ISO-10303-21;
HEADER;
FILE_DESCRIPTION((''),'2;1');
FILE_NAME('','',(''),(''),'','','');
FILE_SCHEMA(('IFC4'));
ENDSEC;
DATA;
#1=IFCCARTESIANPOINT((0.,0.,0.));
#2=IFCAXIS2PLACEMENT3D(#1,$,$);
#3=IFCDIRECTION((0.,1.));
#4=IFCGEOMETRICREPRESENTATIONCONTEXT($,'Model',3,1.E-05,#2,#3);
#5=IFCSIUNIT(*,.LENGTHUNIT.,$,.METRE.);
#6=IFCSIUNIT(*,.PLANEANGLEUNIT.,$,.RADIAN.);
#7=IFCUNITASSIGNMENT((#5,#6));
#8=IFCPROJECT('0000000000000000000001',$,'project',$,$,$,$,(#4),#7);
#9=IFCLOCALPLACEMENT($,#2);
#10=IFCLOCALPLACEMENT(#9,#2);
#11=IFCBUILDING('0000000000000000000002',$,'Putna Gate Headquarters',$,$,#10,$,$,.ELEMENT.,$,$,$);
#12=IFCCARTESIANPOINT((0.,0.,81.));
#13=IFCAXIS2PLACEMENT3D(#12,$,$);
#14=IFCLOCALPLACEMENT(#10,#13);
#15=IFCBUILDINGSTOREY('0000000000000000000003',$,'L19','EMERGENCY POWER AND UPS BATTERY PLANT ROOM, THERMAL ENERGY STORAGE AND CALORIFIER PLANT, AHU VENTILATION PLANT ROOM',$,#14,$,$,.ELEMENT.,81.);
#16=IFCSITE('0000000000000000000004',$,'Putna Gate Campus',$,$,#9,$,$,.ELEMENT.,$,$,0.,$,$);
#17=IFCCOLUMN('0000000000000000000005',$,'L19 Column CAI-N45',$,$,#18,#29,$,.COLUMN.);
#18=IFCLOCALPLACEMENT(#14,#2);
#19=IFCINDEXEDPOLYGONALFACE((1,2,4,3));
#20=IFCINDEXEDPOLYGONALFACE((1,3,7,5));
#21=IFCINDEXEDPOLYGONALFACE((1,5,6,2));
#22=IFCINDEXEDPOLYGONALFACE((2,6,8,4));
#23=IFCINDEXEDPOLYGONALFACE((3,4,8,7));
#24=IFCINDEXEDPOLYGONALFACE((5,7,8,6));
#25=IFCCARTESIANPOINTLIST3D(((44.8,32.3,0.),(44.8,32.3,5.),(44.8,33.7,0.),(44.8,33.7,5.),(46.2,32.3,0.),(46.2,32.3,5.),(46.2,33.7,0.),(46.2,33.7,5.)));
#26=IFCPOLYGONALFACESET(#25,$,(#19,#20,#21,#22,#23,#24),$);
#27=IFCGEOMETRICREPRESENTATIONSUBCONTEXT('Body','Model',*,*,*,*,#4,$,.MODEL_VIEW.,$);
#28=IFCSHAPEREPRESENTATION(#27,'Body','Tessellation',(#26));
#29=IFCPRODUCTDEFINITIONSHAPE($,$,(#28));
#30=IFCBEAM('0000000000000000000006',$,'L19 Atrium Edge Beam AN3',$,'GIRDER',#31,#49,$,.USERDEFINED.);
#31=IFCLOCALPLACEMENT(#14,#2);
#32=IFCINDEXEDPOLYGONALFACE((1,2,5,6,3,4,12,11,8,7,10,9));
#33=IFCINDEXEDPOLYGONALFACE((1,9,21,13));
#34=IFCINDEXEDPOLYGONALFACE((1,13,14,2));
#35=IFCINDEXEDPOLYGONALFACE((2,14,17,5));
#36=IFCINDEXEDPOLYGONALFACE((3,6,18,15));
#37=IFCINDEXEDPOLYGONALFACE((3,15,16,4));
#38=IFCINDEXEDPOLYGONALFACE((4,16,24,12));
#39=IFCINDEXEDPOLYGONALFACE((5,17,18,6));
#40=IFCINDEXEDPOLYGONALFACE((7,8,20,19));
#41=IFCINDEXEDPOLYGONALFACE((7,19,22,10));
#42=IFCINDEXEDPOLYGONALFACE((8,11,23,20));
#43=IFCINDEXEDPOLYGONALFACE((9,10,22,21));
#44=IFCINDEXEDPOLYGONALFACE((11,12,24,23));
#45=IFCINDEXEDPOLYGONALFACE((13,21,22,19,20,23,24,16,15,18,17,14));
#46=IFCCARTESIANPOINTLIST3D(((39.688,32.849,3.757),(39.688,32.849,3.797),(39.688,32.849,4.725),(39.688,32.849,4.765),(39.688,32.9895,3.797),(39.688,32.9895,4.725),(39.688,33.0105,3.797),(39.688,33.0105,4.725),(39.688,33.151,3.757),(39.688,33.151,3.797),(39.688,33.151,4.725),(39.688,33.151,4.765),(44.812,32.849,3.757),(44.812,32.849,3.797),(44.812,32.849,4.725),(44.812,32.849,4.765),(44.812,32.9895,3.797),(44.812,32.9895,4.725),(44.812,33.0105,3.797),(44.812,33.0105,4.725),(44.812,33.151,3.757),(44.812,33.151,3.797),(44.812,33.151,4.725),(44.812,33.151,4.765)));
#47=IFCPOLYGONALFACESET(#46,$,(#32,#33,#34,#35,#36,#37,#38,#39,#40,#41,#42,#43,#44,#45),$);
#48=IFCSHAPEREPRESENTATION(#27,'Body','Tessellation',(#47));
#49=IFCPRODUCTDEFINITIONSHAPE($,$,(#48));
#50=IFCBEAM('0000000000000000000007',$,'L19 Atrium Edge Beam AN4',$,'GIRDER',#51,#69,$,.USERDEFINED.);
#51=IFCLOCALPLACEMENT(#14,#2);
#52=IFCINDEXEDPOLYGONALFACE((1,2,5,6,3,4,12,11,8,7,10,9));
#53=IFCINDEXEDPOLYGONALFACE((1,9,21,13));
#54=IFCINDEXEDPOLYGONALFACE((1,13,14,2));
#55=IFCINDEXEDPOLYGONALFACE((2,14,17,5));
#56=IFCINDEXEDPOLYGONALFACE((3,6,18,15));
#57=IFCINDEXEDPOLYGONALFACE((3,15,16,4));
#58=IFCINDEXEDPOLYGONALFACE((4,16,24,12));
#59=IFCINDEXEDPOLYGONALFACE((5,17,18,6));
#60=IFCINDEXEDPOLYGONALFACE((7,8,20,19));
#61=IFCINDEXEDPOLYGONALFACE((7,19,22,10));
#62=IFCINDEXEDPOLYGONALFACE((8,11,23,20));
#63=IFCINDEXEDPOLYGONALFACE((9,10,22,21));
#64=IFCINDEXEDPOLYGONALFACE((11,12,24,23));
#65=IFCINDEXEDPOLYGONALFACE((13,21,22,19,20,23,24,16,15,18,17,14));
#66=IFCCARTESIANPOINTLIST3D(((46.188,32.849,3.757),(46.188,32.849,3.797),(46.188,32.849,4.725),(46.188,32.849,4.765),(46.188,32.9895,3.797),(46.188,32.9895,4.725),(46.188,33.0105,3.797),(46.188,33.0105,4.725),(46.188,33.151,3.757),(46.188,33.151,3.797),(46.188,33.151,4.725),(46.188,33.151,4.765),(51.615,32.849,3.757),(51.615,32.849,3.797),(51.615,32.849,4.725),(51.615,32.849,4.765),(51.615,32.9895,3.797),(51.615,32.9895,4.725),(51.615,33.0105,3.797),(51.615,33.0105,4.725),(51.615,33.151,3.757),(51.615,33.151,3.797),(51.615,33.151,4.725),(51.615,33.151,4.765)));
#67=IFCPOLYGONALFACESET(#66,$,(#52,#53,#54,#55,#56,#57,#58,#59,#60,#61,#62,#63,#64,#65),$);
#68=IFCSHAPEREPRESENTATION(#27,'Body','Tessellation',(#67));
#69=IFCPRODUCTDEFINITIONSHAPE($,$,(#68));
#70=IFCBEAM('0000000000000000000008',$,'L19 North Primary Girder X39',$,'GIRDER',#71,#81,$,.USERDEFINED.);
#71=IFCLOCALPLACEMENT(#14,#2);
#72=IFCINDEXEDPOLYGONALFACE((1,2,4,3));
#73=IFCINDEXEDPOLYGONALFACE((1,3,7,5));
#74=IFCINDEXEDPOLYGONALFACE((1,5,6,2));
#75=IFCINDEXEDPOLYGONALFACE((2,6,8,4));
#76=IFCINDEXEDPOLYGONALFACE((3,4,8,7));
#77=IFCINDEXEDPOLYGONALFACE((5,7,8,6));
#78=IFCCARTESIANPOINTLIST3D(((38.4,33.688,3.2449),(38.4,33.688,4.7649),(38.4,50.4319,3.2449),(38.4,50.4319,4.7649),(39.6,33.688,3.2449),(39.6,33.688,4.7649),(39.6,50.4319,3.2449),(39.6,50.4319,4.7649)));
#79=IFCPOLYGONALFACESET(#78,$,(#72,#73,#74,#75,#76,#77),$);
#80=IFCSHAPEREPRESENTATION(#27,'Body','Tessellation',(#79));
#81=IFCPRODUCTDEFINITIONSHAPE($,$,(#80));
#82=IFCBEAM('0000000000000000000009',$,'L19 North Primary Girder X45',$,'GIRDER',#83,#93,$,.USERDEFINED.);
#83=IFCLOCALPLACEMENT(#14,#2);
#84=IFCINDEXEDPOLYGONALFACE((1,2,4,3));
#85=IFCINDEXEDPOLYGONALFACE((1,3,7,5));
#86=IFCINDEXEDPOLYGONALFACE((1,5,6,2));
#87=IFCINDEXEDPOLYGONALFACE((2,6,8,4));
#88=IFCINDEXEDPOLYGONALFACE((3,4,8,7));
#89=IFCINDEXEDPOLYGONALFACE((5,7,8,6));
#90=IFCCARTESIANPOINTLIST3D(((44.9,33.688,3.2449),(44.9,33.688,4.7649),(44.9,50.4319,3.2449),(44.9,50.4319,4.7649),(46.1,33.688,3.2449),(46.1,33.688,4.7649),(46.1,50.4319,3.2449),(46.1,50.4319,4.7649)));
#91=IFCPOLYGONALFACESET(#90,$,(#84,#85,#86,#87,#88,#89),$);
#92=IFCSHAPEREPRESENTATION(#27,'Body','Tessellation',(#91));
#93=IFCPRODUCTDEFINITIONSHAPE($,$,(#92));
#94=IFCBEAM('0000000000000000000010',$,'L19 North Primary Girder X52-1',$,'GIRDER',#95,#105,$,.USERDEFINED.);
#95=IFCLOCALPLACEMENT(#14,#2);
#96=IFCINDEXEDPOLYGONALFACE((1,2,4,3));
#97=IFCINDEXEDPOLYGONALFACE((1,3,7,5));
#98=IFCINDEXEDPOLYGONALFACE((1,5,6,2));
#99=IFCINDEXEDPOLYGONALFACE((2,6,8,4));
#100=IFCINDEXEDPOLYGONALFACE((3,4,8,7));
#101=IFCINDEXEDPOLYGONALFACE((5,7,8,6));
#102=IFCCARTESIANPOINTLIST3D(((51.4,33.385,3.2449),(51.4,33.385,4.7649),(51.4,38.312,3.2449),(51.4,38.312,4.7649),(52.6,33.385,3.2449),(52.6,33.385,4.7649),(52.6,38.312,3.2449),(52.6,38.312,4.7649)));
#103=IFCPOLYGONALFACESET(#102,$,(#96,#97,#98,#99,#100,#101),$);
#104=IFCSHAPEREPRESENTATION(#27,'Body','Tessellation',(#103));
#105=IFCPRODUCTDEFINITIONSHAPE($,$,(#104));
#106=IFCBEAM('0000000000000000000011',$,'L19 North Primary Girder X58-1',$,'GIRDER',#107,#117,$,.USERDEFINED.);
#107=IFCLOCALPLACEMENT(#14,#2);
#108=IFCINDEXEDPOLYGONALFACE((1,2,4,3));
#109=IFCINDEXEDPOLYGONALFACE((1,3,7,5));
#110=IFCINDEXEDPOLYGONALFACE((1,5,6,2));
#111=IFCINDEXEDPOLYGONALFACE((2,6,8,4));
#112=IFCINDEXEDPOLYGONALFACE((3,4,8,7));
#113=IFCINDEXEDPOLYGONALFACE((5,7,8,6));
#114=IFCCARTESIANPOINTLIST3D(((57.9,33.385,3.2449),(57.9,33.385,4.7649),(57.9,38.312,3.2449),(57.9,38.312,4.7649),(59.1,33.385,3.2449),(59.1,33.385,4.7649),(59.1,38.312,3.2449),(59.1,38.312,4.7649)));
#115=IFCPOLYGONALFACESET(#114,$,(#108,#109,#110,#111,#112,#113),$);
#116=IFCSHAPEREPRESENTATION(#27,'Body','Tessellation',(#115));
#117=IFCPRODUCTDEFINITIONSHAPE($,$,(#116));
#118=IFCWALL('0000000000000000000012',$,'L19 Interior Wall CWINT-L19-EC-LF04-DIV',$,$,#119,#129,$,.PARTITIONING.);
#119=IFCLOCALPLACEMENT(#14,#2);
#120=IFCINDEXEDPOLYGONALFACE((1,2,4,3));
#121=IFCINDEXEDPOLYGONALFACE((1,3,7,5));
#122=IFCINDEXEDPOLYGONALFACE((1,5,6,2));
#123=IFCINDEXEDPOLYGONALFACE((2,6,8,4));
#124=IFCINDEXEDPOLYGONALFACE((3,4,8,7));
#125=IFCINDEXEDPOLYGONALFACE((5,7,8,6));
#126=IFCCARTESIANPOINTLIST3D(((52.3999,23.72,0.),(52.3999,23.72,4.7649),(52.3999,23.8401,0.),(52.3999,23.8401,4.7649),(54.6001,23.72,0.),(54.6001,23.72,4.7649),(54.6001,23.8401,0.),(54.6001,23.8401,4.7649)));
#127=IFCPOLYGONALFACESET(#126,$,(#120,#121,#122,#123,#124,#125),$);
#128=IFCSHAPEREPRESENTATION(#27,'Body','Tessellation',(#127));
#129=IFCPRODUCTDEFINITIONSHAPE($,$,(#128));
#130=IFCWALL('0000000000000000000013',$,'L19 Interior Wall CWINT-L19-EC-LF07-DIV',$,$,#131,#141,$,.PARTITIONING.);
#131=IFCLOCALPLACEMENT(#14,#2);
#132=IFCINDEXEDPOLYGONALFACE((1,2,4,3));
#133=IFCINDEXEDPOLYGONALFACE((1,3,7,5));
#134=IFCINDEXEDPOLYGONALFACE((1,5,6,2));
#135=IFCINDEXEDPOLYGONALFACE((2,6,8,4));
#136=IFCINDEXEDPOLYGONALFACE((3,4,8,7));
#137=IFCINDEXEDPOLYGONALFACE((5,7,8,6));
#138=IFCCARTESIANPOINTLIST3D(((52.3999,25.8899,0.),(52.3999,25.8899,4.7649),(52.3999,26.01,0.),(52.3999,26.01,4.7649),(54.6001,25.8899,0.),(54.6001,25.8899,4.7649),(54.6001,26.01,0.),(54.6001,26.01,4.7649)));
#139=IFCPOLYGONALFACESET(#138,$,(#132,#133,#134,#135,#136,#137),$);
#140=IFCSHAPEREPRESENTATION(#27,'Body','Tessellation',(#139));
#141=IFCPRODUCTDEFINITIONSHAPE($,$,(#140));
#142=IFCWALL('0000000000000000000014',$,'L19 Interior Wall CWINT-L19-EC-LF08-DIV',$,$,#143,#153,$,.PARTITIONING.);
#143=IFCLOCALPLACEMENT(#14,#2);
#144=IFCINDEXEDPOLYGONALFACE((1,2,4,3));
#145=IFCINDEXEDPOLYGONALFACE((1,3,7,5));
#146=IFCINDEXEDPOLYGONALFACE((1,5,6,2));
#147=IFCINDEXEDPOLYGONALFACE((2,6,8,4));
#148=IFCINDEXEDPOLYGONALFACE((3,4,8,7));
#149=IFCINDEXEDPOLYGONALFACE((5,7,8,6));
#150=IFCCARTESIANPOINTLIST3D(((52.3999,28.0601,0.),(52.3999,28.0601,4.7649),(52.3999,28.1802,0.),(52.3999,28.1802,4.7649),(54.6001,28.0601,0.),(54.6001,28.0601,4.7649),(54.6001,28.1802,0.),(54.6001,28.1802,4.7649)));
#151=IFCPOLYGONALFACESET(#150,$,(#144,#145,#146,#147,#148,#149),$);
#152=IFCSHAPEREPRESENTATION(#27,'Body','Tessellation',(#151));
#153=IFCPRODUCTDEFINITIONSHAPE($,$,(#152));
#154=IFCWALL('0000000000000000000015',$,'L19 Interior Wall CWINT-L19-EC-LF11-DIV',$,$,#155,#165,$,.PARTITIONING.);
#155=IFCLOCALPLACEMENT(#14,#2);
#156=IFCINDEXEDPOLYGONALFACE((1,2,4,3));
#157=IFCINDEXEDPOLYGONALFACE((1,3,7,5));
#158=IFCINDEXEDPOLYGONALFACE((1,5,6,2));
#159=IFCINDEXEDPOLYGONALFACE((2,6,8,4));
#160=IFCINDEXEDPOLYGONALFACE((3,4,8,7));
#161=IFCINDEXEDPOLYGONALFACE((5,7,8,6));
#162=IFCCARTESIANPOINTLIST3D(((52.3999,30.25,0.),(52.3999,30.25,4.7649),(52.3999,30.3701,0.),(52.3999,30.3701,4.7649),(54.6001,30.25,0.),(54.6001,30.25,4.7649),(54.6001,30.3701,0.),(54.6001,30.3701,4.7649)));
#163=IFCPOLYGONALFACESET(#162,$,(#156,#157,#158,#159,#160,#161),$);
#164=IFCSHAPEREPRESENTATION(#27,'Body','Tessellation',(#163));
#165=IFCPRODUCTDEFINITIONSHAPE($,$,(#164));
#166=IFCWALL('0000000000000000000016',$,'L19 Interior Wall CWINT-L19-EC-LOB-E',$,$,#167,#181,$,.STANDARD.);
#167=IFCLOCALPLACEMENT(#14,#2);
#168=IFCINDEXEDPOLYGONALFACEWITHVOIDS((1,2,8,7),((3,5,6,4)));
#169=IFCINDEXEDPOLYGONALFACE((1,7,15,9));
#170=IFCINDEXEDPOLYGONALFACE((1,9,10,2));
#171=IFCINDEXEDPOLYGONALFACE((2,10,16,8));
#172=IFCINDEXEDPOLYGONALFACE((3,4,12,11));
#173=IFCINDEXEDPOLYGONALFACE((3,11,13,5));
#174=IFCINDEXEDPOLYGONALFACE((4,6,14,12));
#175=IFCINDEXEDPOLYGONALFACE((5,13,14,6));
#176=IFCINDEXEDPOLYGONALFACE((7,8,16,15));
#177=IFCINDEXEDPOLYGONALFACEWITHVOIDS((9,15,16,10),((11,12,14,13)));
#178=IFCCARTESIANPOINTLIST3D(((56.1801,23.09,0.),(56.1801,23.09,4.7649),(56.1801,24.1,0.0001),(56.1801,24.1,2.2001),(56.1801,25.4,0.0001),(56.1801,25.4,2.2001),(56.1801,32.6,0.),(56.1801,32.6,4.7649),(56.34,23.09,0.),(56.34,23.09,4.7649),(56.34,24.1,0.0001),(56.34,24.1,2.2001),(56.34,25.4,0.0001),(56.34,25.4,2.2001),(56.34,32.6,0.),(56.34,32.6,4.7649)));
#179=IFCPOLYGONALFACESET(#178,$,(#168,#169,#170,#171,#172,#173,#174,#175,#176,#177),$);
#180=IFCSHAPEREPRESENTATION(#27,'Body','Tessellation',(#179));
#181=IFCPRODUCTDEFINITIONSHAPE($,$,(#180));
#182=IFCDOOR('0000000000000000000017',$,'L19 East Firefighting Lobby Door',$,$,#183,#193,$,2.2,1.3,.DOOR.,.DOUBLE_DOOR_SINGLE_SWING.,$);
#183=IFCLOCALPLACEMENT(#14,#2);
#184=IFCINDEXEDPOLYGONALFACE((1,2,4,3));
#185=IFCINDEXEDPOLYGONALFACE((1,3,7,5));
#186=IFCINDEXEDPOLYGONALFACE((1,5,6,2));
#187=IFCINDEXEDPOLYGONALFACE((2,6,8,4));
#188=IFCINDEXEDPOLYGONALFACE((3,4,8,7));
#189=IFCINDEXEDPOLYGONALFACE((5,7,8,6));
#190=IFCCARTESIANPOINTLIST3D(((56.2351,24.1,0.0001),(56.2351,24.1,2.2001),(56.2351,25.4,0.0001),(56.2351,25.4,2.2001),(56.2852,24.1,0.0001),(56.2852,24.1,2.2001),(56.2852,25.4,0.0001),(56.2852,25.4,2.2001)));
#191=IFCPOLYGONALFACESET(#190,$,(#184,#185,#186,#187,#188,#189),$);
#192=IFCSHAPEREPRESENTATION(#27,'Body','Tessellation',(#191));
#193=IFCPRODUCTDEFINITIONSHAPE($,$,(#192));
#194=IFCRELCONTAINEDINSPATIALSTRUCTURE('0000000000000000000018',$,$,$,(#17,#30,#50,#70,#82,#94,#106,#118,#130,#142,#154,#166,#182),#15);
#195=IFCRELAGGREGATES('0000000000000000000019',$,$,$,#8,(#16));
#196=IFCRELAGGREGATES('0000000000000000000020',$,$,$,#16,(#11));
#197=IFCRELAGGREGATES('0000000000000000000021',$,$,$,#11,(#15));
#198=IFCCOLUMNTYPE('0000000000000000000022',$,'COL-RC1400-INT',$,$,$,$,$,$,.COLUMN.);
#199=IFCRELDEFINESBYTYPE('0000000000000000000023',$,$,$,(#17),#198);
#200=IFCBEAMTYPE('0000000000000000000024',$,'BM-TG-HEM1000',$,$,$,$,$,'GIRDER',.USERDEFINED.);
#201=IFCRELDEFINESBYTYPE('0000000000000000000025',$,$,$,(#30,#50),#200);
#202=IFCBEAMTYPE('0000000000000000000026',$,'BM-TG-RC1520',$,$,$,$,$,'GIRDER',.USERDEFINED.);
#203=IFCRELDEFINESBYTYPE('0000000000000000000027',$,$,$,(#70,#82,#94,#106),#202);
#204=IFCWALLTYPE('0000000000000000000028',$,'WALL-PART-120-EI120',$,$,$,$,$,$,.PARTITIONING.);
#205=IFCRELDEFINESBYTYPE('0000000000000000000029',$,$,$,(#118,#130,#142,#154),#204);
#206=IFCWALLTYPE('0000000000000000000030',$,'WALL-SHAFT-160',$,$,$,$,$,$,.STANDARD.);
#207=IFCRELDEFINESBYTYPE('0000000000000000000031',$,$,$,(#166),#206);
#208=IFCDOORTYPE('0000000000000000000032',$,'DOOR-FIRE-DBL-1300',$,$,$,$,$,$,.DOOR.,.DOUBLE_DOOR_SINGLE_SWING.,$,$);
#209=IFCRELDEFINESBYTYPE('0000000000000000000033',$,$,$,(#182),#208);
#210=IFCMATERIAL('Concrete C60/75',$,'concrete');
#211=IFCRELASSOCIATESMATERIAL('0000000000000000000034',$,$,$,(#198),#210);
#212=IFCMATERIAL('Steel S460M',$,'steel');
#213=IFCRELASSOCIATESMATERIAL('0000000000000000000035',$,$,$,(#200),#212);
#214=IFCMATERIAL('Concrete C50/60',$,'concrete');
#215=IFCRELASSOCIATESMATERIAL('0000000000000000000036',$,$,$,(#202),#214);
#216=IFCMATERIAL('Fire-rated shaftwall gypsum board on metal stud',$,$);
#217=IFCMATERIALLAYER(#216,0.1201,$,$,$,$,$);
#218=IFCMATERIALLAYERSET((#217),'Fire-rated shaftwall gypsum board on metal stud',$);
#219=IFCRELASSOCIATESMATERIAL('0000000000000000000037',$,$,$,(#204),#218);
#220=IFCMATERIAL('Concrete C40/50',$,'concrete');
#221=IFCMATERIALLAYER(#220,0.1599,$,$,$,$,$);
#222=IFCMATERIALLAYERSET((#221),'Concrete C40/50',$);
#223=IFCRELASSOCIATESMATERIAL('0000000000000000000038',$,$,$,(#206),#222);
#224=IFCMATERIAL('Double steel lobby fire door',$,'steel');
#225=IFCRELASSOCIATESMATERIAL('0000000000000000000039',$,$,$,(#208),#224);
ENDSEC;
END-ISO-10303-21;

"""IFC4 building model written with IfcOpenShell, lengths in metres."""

from ifc_helpers import new_model, si_unit, direction, frame, frame_2d, origin, origin_2d, place, context, subcontext, project, spatial, rectangle, i_section, extrude, material, layer, layer_set, material_profile, profile_set, type_object, element, fill, save


model = new_model("IFC4")

# Units and contexts
model_context = context("Model", 3, precision=1e-05, world=origin(), true_north=direction((0.0, 1.0)))
body_context = subcontext(model_context, "Body", "Model", "MODEL_VIEW")
ifc_project = project(units=[si_unit("LENGTHUNIT", "METRE"), si_unit("PLANEANGLEUNIT", "RADIAN")], contexts=[model_context])

# Site, building, storey
site_placement = place(None, origin())
site = spatial("IfcSite", under=ifc_project, at=site_placement, Name="Putna Gate Campus", CompositionType="ELEMENT", RefElevation=0.0)
building_placement = place(site_placement, origin())
building = spatial("IfcBuilding", under=site, at=building_placement, Name="Putna Gate Headquarters", CompositionType="ELEMENT")
storey_placement = place(building_placement, frame((0.0, 0.0, 81.0)))
storey = spatial("IfcBuildingStorey", under=building, at=storey_placement, Name="L19", Description="EMERGENCY POWER AND UPS BATTERY PLANT ROOM, THERMAL ENERGY STORAGE AND CALORIFIER PLANT, AHU VENTILATION PLANT ROOM", CompositionType="ELEMENT", Elevation=81.0)

# Column
ifc_material_1 = material(Name="Concrete C60/75", Category="concrete")
ifc_material_profile_1 = material_profile(ifc_material_1, rectangle(XDim=1.3999, YDim=1.3999, at=origin_2d()), Name="Concrete C60/75")
ifc_profile_set_1 = profile_set([ifc_material_profile_1], Name="Concrete C60/75")
column_type = type_object("IfcColumnType", Name="COL-RC1400-INT", PredefinedType="COLUMN", material=ifc_profile_set_1)
column_placement = place(storey_placement, frame((45.5, 33.0, 0.0), z_axis=(0.0, 0.0, 1.0), x_axis=(1.0, 0.0, 0.0)))
element("IfcColumn", 1, at=column_placement, inside=storey, type_object=column_type, Name="L19 Column CAI-N45", PredefinedType="COLUMN", context=body_context, shape_type="SweptSolid", body=[
    extrude(rectangle(XDim=1.3999, YDim=1.3999, at=origin_2d()), origin(), (0.0, 0.0, 1.0), 5.0),
])

# Beams
ifc_material_2 = material(Name="Steel S460M", Category="steel")
ifc_material_profile_2 = material_profile(ifc_material_2, i_section(OverallWidth=0.302, OverallDepth=1.0081, WebThickness=0.021, FlangeThickness=0.04, at=origin_2d()), Name="Steel S460M")
ifc_profile_set_2 = profile_set([ifc_material_profile_2], Name="Steel S460M")
beam_type_1 = type_object("IfcBeamType", Name="BM-TG-HEM1000", ElementType="GIRDER", PredefinedType="USERDEFINED", material=ifc_profile_set_2)
beam_1_placement = place(storey_placement, frame((39.688, 33.0, 4.261), z_axis=(1.0, 0.0, 0.0), x_axis=(0.0, 1.0, 0.0)))
element("IfcBeam", 2, at=beam_1_placement, inside=storey, type_object=beam_type_1, Name="L19 Atrium Edge Beam AN3", ObjectType="GIRDER", PredefinedType="USERDEFINED", context=body_context, shape_type="SweptSolid", body=[
    extrude(i_section(OverallWidth=0.302, OverallDepth=1.0081, WebThickness=0.021, FlangeThickness=0.04, at=origin_2d()), origin(), (0.0, 0.0, 1.0), 5.124),
])
beam_2_placement = place(storey_placement, frame((46.188, 33.0, 4.261), z_axis=(1.0, 0.0, 0.0), x_axis=(0.0, 1.0, 0.0)))
element("IfcBeam", 3, at=beam_2_placement, inside=storey, type_object=beam_type_1, Name="L19 Atrium Edge Beam AN4", ObjectType="GIRDER", PredefinedType="USERDEFINED", context=body_context, shape_type="SweptSolid", body=[
    extrude(i_section(OverallWidth=0.302, OverallDepth=1.0081, WebThickness=0.021, FlangeThickness=0.04, at=origin_2d()), origin(), (0.0, 0.0, 1.0), 5.427),
])
ifc_material_3 = material(Name="Concrete C50/60", Category="concrete")
ifc_material_profile_3 = material_profile(ifc_material_3, rectangle(XDim=1.2, YDim=1.52, at=origin_2d()), Name="Concrete C50/60")
ifc_profile_set_3 = profile_set([ifc_material_profile_3], Name="Concrete C50/60")
beam_type_2 = type_object("IfcBeamType", Name="BM-TG-RC1520", ElementType="GIRDER", PredefinedType="USERDEFINED", material=ifc_profile_set_3)
for number, where, z_axis, x_axis, name in (
    (4, (39.0, 33.688, 4.0049), (0.0, 1.0, 0.0), (-1.0, 0.0, 0.0), "L19 North Primary Girder X39"),
    (5, (45.5, 33.688, 4.0049), (0.0, 1.0, 0.0), (-1.0, 0.0, 0.0), "L19 North Primary Girder X45"),
):
    element("IfcBeam", number, at=place(storey_placement, frame(where, z_axis=z_axis, x_axis=x_axis)), inside=storey, type_object=beam_type_2, Name=name, ObjectType="GIRDER", PredefinedType="USERDEFINED", context=body_context, shape_type="SweptSolid", body=[
        extrude(rectangle(XDim=1.2, YDim=1.52, at=origin_2d()), origin(), (0.0, 0.0, 1.0), 16.7439),
    ])
for number, where, z_axis, x_axis, name in (
    (6, (52.0, 33.385, 4.0049), (0.0, 1.0, 0.0), (-1.0, 0.0, 0.0), "L19 North Primary Girder X52-1"),
    (7, (58.5, 33.385, 4.0049), (0.0, 1.0, 0.0), (-1.0, 0.0, 0.0), "L19 North Primary Girder X58-1"),
):
    element("IfcBeam", number, at=place(storey_placement, frame(where, z_axis=z_axis, x_axis=x_axis)), inside=storey, type_object=beam_type_2, Name=name, ObjectType="GIRDER", PredefinedType="USERDEFINED", context=body_context, shape_type="SweptSolid", body=[
        extrude(rectangle(XDim=1.2, YDim=1.52, at=origin_2d()), origin(), (0.0, 0.0, 1.0), 4.927),
    ])

# Walls
ifc_material_4 = material(Name="Fire-rated shaftwall gypsum board on metal stud")
ifc_layer_1 = layer(ifc_material_4, 0.1201)
ifc_layer_set_1 = layer_set([ifc_layer_1], Name="Fire-rated shaftwall gypsum board on metal stud")
wall_type_1 = type_object("IfcWallType", Name="WALL-PART-120-EI120", PredefinedType="PARTITIONING", material=ifc_layer_set_1)
for number, where, z_axis, x_axis, name in (
    (8, (52.3999, 23.78, 0.0), (0.0, 0.0, 1.0), (1.0, 0.0, 0.0), "L19 Interior Wall CWINT-L19-EC-LF04-DIV"),
    (9, (52.3999, 25.95, 0.0), (0.0, 0.0, 1.0), (1.0, 0.0, 0.0), "L19 Interior Wall CWINT-L19-EC-LF07-DIV"),
    (10, (52.3999, 28.1201, 0.0), (0.0, 0.0, 1.0), (1.0, 0.0, 0.0), "L19 Interior Wall CWINT-L19-EC-LF08-DIV"),
    (11, (52.3999, 30.3101, 0.0), (0.0, 0.0, 1.0), (1.0, 0.0, 0.0), "L19 Interior Wall CWINT-L19-EC-LF11-DIV"),
):
    element("IfcWall", number, at=place(storey_placement, frame(where, z_axis=z_axis, x_axis=x_axis)), inside=storey, type_object=wall_type_1, Name=name, PredefinedType="PARTITIONING", context=body_context, shape_type="SweptSolid", body=[
        extrude(rectangle(XDim=2.2002, YDim=0.1201, at=frame_2d((1.1001, 0.0))), origin(), (0.0, 0.0, 1.0), 4.7649),
    ])

# Wall, opening, door
ifc_material_5 = material(Name="Concrete C40/50", Category="concrete")
ifc_layer_2 = layer(ifc_material_5, 0.1599)
ifc_layer_set_2 = layer_set([ifc_layer_2], Name="Concrete C40/50")
wall_type_2 = type_object("IfcWallType", Name="WALL-SHAFT-160", PredefinedType="STANDARD", material=ifc_layer_set_2)
wall_1_placement = place(storey_placement, frame((56.26, 23.0901, 0.0), z_axis=(0.0, 0.0, 1.0), x_axis=(0.0, 1.0, 0.0)))
wall_1 = element("IfcWall", 12, at=wall_1_placement, inside=storey, type_object=wall_type_2, Name="L19 Interior Wall CWINT-L19-EC-LOB-E", PredefinedType="STANDARD", context=body_context, shape_type="SweptSolid", body=[
    extrude(rectangle(XDim=9.51, YDim=0.1599, at=frame_2d((4.7549, 0.0))), origin(), (0.0, 0.0, 1.0), 4.7649),
])
opening_1_placement = place(wall_1_placement, frame((1.01, 0.0, 0.0)))
opening_1 = element("IfcOpeningElement", 13, at=opening_1_placement, cuts=wall_1, PredefinedType="OPENING", context=body_context, shape_type="SweptSolid", body=[
    extrude(rectangle(XDim=1.3, YDim=2.2, at=frame_2d((0.6499, 1.1001))), frame((0.0, 0.0898, 0.0), z_axis=(0.0, -1.0, 0.0), x_axis=(1.0, 0.0, 0.0)), (0.0, 0.0, 1.0), 0.1799),
])
ifc_material_6 = material(Name="Double steel lobby fire door", Category="steel")
door_type_1 = type_object("IfcDoorType", Name="DOOR-FIRE-DBL-1300", OperationType="DOUBLE_DOOR_SINGLE_SWING", PredefinedType="DOOR", material=ifc_material_6)
door_1_placement = place(opening_1_placement, origin())
door_1 = element("IfcDoor", 14, at=door_1_placement, inside=storey, type_object=door_type_1, Name="L19 East Firefighting Lobby Door", OperationType="DOUBLE_DOOR_SINGLE_SWING", OverallHeight=2.2, OverallWidth=1.3, PredefinedType="DOOR", context=body_context, shape_type="SweptSolid", body=[
    extrude(rectangle(XDim=1.3, YDim=2.2, at=frame_2d((0.6499, 1.1001))), frame((0.0, 0.0249, 0.0), z_axis=(0.0, -1.0, 0.0), x_axis=(1.0, 0.0, 0.0)), (0.0, 0.0, 1.0), 0.05),
])
fill(opening_1, door_1)

save(model, "model.ifc")
